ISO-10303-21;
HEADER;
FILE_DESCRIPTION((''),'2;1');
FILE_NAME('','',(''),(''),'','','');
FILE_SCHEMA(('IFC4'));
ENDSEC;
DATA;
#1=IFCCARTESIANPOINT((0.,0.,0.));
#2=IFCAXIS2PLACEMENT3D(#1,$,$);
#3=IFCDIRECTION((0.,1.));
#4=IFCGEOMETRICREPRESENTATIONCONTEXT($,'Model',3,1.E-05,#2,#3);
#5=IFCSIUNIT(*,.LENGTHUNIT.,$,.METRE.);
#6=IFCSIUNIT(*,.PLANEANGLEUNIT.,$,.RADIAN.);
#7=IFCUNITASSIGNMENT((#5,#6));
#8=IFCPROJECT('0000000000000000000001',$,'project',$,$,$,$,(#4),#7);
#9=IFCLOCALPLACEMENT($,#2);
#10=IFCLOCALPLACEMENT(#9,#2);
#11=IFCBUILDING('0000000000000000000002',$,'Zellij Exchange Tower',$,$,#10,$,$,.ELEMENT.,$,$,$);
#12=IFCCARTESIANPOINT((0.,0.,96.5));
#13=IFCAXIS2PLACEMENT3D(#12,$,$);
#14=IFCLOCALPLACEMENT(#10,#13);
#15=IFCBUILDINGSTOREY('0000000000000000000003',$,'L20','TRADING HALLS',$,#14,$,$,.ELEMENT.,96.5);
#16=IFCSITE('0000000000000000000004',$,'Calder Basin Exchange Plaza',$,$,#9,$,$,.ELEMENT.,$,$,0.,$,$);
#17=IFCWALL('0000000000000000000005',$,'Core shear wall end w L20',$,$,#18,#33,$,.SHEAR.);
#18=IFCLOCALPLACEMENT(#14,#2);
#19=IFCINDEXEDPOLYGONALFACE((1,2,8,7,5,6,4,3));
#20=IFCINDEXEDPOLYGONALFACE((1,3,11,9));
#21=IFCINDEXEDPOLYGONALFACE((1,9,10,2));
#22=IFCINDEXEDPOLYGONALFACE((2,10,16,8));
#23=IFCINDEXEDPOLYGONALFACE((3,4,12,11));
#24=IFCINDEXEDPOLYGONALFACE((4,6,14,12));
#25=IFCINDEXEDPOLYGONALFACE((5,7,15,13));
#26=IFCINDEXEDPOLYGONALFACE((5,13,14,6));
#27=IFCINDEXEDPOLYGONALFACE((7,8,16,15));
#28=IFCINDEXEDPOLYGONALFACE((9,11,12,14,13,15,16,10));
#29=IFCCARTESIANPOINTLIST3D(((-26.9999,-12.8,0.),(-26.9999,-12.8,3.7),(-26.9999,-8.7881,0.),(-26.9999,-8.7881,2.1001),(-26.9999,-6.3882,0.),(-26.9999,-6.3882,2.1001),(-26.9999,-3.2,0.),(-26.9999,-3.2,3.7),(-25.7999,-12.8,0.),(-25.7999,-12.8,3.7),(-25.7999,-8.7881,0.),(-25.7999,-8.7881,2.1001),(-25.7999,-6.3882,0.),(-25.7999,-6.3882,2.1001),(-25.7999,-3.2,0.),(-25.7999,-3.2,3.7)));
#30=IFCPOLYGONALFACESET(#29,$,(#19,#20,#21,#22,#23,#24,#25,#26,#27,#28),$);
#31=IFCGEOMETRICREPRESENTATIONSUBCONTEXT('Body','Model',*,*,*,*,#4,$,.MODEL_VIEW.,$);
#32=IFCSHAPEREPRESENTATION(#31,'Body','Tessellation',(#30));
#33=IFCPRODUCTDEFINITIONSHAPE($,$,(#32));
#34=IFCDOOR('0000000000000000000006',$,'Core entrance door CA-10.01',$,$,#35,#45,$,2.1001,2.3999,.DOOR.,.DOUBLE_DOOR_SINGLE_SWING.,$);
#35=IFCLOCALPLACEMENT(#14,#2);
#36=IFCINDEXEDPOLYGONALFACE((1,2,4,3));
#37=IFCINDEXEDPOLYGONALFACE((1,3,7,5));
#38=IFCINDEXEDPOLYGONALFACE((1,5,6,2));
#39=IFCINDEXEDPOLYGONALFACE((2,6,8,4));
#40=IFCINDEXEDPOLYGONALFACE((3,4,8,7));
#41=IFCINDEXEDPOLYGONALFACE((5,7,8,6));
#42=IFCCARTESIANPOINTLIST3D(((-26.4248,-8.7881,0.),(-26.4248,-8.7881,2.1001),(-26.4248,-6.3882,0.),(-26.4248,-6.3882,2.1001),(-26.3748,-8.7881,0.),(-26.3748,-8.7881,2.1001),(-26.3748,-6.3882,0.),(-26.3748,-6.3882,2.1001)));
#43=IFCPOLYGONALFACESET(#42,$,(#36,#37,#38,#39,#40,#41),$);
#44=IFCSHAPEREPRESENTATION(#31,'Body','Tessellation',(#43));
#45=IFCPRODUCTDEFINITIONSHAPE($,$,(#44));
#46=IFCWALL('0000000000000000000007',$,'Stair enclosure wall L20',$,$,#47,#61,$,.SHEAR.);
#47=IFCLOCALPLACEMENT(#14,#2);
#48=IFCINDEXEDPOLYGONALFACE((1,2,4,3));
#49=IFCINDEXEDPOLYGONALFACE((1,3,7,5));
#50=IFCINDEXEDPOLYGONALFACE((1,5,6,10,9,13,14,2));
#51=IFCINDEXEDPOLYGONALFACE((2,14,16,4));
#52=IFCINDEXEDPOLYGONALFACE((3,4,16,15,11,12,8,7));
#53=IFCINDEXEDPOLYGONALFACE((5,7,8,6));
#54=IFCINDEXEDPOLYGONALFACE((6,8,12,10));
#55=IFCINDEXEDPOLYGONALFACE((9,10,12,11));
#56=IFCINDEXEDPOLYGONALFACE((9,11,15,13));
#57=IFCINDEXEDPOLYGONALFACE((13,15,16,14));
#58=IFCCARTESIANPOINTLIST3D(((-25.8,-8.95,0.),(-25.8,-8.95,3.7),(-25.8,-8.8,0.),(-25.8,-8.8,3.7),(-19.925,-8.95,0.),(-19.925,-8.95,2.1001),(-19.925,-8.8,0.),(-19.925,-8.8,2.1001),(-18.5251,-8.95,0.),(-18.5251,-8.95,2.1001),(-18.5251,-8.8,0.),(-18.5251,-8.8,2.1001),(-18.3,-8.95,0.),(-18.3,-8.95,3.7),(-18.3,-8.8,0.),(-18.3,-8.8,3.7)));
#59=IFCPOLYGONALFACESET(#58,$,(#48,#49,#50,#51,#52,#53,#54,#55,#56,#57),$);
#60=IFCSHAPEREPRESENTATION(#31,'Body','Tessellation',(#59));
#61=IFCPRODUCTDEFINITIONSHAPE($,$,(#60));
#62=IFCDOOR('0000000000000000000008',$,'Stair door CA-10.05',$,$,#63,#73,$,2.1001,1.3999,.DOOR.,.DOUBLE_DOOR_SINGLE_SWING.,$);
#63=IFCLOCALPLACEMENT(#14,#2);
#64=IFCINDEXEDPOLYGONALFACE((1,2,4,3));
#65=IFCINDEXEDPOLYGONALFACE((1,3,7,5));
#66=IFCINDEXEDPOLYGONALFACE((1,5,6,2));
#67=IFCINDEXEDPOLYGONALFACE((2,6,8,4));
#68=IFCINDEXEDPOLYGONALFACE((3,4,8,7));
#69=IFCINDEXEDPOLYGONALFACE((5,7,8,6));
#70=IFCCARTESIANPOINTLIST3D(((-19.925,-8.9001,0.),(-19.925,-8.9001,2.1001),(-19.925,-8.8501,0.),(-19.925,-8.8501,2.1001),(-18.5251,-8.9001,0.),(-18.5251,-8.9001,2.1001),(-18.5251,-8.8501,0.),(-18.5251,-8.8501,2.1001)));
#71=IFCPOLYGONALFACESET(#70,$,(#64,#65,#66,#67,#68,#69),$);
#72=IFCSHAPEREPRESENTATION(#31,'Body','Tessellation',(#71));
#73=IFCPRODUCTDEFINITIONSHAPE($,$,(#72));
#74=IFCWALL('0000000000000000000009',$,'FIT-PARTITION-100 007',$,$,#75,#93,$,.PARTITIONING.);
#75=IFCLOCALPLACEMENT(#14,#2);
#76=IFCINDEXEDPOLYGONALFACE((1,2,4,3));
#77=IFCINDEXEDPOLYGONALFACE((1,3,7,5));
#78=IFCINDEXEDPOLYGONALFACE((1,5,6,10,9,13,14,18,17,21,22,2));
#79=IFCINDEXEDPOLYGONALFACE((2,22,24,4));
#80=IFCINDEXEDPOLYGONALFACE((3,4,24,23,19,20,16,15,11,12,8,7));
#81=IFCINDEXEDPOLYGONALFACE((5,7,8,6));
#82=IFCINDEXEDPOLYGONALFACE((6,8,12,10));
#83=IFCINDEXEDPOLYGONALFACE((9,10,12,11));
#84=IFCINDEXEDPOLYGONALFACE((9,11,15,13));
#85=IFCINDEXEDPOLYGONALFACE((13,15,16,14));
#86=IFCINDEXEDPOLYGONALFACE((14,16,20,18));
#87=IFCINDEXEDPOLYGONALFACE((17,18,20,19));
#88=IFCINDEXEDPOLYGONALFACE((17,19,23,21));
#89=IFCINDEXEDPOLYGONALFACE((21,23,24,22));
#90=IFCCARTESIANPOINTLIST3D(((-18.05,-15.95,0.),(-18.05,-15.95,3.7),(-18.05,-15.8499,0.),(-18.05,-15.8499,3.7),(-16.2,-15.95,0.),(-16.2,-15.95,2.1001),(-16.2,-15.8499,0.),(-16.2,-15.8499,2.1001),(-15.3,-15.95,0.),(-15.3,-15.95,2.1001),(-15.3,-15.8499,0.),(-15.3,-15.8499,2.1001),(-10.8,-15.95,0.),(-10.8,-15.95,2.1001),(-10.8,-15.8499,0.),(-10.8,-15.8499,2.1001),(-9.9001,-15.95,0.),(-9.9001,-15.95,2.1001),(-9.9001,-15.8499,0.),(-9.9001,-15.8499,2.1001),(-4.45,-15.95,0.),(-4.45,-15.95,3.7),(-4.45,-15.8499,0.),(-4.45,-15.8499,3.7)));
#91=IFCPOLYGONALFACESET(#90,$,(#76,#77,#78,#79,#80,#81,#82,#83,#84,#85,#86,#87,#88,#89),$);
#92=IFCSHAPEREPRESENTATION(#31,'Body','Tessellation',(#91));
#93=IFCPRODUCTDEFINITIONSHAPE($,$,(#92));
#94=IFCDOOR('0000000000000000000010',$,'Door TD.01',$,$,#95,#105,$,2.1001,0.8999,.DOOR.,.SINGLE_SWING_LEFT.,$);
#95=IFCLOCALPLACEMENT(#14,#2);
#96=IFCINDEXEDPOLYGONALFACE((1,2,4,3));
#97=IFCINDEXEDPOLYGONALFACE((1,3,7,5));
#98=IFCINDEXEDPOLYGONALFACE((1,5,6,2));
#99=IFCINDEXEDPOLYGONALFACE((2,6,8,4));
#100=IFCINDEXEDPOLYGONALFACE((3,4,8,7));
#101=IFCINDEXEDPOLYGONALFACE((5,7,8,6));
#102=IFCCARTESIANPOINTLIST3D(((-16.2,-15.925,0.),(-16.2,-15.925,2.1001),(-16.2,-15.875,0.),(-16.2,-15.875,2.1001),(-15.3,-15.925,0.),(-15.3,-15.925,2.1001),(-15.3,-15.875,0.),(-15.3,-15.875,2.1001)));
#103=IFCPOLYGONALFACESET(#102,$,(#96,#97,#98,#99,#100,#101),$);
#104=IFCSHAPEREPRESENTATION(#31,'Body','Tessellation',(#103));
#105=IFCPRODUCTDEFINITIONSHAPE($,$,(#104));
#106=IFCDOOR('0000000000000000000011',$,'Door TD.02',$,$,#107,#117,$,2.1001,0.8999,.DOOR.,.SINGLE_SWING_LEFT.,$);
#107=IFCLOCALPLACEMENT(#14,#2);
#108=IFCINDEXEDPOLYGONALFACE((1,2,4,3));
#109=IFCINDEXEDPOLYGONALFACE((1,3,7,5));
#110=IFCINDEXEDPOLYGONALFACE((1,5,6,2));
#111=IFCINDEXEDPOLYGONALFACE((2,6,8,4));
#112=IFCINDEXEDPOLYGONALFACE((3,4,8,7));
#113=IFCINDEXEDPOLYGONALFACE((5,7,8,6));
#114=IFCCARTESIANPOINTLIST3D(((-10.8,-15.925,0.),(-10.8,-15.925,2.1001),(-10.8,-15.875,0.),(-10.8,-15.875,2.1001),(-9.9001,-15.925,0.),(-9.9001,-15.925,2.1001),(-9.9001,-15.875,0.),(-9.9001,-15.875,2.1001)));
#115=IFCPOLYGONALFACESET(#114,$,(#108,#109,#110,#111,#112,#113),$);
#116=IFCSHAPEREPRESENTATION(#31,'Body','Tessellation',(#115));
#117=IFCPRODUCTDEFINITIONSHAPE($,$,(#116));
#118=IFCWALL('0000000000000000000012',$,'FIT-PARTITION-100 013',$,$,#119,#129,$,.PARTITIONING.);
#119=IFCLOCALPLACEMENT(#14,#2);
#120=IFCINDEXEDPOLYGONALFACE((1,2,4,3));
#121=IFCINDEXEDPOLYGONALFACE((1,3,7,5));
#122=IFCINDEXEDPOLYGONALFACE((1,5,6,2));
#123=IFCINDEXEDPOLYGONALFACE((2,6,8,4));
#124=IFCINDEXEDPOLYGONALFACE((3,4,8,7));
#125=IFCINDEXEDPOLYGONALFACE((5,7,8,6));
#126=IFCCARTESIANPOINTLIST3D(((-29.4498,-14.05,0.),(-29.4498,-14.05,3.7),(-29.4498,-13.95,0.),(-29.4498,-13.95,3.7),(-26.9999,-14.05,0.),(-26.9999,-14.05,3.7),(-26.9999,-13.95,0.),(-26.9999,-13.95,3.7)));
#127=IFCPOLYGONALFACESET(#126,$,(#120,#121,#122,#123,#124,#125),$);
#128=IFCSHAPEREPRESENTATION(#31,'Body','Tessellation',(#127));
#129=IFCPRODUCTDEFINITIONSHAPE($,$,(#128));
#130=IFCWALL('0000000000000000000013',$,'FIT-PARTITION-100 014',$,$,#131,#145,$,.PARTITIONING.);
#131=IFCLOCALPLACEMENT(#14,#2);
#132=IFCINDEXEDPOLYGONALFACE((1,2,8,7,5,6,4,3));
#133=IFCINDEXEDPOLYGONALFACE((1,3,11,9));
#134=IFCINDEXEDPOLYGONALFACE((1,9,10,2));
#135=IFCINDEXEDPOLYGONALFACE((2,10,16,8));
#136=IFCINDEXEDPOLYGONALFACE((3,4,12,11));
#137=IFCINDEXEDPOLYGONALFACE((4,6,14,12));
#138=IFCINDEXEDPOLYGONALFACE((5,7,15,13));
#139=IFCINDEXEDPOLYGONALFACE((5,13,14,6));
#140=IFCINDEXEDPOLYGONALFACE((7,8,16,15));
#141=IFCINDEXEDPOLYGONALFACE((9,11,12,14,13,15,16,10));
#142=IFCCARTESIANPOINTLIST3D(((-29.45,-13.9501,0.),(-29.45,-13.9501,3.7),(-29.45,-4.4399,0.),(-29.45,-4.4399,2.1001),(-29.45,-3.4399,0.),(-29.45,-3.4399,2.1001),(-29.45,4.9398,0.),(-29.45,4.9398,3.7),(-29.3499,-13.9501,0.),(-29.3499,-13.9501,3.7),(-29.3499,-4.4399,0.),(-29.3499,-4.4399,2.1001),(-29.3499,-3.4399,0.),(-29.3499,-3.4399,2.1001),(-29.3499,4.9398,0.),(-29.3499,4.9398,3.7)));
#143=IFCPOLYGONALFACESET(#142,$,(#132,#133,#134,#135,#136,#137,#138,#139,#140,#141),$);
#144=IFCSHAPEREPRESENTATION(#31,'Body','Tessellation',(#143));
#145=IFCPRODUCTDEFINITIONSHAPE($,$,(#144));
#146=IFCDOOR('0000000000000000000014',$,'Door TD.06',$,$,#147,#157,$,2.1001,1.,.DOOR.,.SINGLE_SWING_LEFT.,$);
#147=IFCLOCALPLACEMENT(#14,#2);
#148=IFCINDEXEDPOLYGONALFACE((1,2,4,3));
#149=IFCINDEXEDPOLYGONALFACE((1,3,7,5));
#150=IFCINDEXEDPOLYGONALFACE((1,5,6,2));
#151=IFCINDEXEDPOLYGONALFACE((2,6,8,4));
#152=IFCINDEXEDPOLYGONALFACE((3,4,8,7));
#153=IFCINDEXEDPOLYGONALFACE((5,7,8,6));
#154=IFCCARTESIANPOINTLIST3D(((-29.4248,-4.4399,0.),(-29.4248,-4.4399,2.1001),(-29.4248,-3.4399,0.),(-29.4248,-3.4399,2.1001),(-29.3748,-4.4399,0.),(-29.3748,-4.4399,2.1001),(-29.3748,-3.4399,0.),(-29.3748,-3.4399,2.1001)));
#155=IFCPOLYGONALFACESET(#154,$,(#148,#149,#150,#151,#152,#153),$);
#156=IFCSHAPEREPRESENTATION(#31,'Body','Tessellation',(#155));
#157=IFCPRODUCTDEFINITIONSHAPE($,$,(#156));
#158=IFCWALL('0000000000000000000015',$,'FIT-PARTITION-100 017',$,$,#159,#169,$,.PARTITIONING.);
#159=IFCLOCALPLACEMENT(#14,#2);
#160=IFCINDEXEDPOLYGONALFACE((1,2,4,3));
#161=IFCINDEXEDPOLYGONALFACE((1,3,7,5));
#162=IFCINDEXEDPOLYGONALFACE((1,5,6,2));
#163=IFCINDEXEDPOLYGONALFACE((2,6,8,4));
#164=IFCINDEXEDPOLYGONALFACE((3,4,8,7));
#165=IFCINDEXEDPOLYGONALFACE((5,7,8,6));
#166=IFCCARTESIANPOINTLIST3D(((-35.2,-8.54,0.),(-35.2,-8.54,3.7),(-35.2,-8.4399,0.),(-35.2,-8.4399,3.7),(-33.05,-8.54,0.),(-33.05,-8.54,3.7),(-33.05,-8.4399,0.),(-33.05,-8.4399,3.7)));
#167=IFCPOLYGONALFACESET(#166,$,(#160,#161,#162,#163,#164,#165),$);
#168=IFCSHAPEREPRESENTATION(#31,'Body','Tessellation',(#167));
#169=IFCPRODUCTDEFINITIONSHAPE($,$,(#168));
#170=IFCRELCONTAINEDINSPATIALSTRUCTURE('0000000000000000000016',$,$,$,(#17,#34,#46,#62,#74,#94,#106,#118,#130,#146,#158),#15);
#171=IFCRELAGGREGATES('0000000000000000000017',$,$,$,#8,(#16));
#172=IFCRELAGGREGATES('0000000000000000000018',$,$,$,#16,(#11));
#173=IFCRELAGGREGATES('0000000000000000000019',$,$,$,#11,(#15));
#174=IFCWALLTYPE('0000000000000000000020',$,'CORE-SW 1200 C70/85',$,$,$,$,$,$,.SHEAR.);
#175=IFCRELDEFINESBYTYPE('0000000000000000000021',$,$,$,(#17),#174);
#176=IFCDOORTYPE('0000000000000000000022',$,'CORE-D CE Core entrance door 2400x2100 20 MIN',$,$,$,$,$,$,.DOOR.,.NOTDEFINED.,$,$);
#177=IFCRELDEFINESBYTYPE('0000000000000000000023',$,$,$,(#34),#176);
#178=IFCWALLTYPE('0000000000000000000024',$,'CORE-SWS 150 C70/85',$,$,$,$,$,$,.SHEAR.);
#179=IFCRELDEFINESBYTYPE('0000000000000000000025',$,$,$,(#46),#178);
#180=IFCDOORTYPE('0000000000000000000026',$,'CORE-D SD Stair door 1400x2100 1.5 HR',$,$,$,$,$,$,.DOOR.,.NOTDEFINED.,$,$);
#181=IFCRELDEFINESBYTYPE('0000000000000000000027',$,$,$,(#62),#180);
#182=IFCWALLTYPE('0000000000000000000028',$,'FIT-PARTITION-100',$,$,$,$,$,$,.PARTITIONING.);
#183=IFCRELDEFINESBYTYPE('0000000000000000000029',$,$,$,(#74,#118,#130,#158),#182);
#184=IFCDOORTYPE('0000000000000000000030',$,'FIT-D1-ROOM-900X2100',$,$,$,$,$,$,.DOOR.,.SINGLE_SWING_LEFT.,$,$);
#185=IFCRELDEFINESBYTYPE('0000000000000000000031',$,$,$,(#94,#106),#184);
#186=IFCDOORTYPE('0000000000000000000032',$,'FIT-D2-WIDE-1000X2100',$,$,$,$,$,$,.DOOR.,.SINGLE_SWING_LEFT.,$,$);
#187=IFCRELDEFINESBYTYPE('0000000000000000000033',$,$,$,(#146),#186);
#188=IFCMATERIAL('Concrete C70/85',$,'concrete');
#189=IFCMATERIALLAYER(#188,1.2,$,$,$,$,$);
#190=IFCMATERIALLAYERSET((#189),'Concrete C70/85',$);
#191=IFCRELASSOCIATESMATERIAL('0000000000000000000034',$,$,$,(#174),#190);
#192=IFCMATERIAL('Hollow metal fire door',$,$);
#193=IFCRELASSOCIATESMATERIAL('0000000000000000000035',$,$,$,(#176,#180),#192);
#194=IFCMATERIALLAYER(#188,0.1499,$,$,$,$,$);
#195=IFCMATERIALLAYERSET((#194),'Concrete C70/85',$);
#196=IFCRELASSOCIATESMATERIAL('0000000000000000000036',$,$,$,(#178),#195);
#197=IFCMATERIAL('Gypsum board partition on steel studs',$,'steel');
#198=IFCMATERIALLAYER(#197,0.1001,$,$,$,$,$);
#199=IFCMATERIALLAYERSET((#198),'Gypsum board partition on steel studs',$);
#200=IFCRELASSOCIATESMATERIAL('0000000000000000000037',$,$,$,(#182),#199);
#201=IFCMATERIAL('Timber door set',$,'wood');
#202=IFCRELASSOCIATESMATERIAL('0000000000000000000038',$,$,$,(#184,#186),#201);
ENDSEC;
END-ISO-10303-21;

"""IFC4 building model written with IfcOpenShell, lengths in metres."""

from ifc_helpers import new_model, si_unit, direction, frame, frame_2d, origin, place, context, subcontext, project, spatial, rectangle, extrude, material, layer, layer_set, type_object, element, fill, save


model = new_model("IFC4")

# Units and contexts
model_context = context("Model", 3, precision=1e-05, world=origin(), true_north=direction((0.0, 1.0)))
body_context = subcontext(model_context, "Body", "Model", "MODEL_VIEW")
ifc_project = project(units=[si_unit("LENGTHUNIT", "METRE"), si_unit("PLANEANGLEUNIT", "RADIAN")], contexts=[model_context])

# Site, building, storey
site_placement = place(None, origin())
site = spatial("IfcSite", under=ifc_project, at=site_placement, Name="Calder Basin Exchange Plaza", CompositionType="ELEMENT", RefElevation=0.0)
building_placement = place(site_placement, origin())
building = spatial("IfcBuilding", under=site, at=building_placement, Name="Zellij Exchange Tower", CompositionType="ELEMENT")
storey_placement = place(building_placement, frame((0.0, 0.0, 96.5)))
storey = spatial("IfcBuildingStorey", under=building, at=storey_placement, Name="L20", Description="TRADING HALLS", CompositionType="ELEMENT", Elevation=96.5)

# Shared definitions
ifc_material_1 = material(Name="Concrete C70/85", Category="concrete")

# Shared definitions
ifc_layer_1 = layer(ifc_material_1, 1.2)
ifc_layer_set_1 = layer_set([ifc_layer_1], Name="Concrete C70/85")
wall_type_1 = type_object("IfcWallType", Name="CORE-SW 1200 C70/85", PredefinedType="SHEAR", material=ifc_layer_set_1)
ifc_material_2 = material(Name="Hollow metal fire door")

# Walls, openings, doors
wall_1_placement = place(storey_placement, frame((-26.3999, -12.8, 0.0), z_axis=(0.0, 0.0, 1.0), x_axis=(0.0, 1.0, 0.0)))
wall_1 = element("IfcWall", 1, at=wall_1_placement, inside=storey, type_object=wall_type_1, Name="Core shear wall end w L20", PredefinedType="SHEAR", context=body_context, shape_type="SweptSolid", body=[
    extrude(rectangle(XDim=9.6001, YDim=1.2, at=frame_2d((4.8, 0.0))), origin(), (0.0, 0.0, 1.0), 3.7),
])
opening_1_placement = place(wall_1_placement, frame((4.012, 0.0, 0.0)))
opening_1 = element("IfcOpeningElement", 2, at=opening_1_placement, cuts=wall_1, PredefinedType="OPENING", context=body_context, shape_type="SweptSolid", body=[
    extrude(rectangle(XDim=2.3999, YDim=2.1001, at=frame_2d((1.2, 1.05))), frame((0.0, 0.6118, 0.0), z_axis=(0.0, -1.0, 0.0), x_axis=(1.0, 0.0, 0.0)), (0.0, 0.0, 1.0), 1.2239),
])
door_type_1 = type_object("IfcDoorType", Name="CORE-D CE Core entrance door 2400x2100 20 MIN", OperationType="NOTDEFINED", PredefinedType="DOOR", material=ifc_material_2)
door_1_placement = place(opening_1_placement, origin())
door_1 = element("IfcDoor", 3, at=door_1_placement, inside=storey, type_object=door_type_1, Name="Core entrance door CA-10.01", OperationType="DOUBLE_DOOR_SINGLE_SWING", OverallHeight=2.1001, OverallWidth=2.3999, PredefinedType="DOOR", context=body_context, shape_type="SweptSolid", body=[
    extrude(rectangle(XDim=2.3999, YDim=2.1001, at=frame_2d((1.2, 1.05))), frame((0.0, 0.0249, 0.0), z_axis=(0.0, -1.0, 0.0), x_axis=(1.0, 0.0, 0.0)), (0.0, 0.0, 1.0), 0.05),
])
fill(opening_1, door_1)
ifc_layer_2 = layer(ifc_material_1, 0.1499)
ifc_layer_set_2 = layer_set([ifc_layer_2], Name="Concrete C70/85")
wall_type_2 = type_object("IfcWallType", Name="CORE-SWS 150 C70/85", PredefinedType="SHEAR", material=ifc_layer_set_2)
wall_2_placement = place(storey_placement, frame((-25.8, -8.875, 0.0), z_axis=(0.0, 0.0, 1.0), x_axis=(1.0, 0.0, 0.0)))
wall_2 = element("IfcWall", 4, at=wall_2_placement, inside=storey, type_object=wall_type_2, Name="Stair enclosure wall L20", PredefinedType="SHEAR", context=body_context, shape_type="SweptSolid", body=[
    extrude(rectangle(XDim=7.5, YDim=0.1499, at=frame_2d((3.75, 0.0))), origin(), (0.0, 0.0, 1.0), 3.7),
])
opening_2_placement = place(wall_2_placement, frame((5.875, 0.0, 0.0)))
opening_2 = element("IfcOpeningElement", 5, at=opening_2_placement, cuts=wall_2, PredefinedType="OPENING", context=body_context, shape_type="SweptSolid", body=[
    extrude(rectangle(XDim=1.3999, YDim=2.1001, at=frame_2d((0.7, 1.05))), frame((0.0, 0.0869, 0.0), z_axis=(0.0, -1.0, 0.0), x_axis=(1.0, 0.0, 0.0)), (0.0, 0.0, 1.0), 0.1738),
])
door_type_2 = type_object("IfcDoorType", Name="CORE-D SD Stair door 1400x2100 1.5 HR", OperationType="NOTDEFINED", PredefinedType="DOOR", material=ifc_material_2)
door_2_placement = place(opening_2_placement, origin())
door_2 = element("IfcDoor", 6, at=door_2_placement, inside=storey, type_object=door_type_2, Name="Stair door CA-10.05", OperationType="DOUBLE_DOOR_SINGLE_SWING", OverallHeight=2.1001, OverallWidth=1.3999, PredefinedType="DOOR", context=body_context, shape_type="SweptSolid", body=[
    extrude(rectangle(XDim=1.3999, YDim=2.1001, at=frame_2d((0.7, 1.05))), frame((0.0, 0.0249, 0.0), z_axis=(0.0, -1.0, 0.0), x_axis=(1.0, 0.0, 0.0)), (0.0, 0.0, 1.0), 0.05),
])
fill(opening_2, door_2)

# Wall, openings, doors
ifc_material_3 = material(Name="Gypsum board partition on steel studs", Category="steel")
ifc_layer_3 = layer(ifc_material_3, 0.1001)
ifc_layer_set_3 = layer_set([ifc_layer_3], Name="Gypsum board partition on steel studs")
wall_type_3 = type_object("IfcWallType", Name="FIT-PARTITION-100", PredefinedType="PARTITIONING", material=ifc_layer_set_3)
wall_3_placement = place(storey_placement, frame((-18.05, -15.8999, 0.0), z_axis=(0.0, 0.0, 1.0), x_axis=(1.0, 0.0, 0.0)))
wall_3 = element("IfcWall", 7, at=wall_3_placement, inside=storey, type_object=wall_type_3, Name="FIT-PARTITION-100 007", PredefinedType="PARTITIONING", context=body_context, shape_type="SweptSolid", body=[
    extrude(rectangle(XDim=13.6001, YDim=0.1001, at=frame_2d((6.8, 0.0))), origin(), (0.0, 0.0, 1.0), 3.7),
])
opening_3_placement = place(wall_3_placement, frame((1.8501, 0.0, 0.0)))
opening_3 = element("IfcOpeningElement", 8, at=opening_3_placement, cuts=wall_3, PredefinedType="OPENING", context=body_context, shape_type="SweptSolid", body=[
    extrude(rectangle(XDim=0.8999, YDim=2.1001, at=frame_2d((0.45, 1.05))), frame((0.0, 0.062, 0.0), z_axis=(0.0, -1.0, 0.0), x_axis=(1.0, 0.0, 0.0)), (0.0, 0.0, 1.0), 0.124),
])
opening_4_placement = place(wall_3_placement, frame((7.25, 0.0, 0.0)))
opening_4 = element("IfcOpeningElement", 9, at=opening_4_placement, cuts=wall_3, PredefinedType="OPENING", context=body_context, shape_type="SweptSolid", body=[
    extrude(rectangle(XDim=0.8999, YDim=2.1001, at=frame_2d((0.45, 1.05))), frame((0.0, 0.062, 0.0), z_axis=(0.0, -1.0, 0.0), x_axis=(1.0, 0.0, 0.0)), (0.0, 0.0, 1.0), 0.124),
])
ifc_material_4 = material(Name="Timber door set", Category="wood")
door_type_3 = type_object("IfcDoorType", Name="FIT-D1-ROOM-900X2100", OperationType="SINGLE_SWING_LEFT", PredefinedType="DOOR", material=ifc_material_4)
door_3_placement = place(opening_3_placement, origin())
door_3 = element("IfcDoor", 10, at=door_3_placement, inside=storey, type_object=door_type_3, Name="Door TD.01", OperationType="SINGLE_SWING_LEFT", OverallHeight=2.1001, OverallWidth=0.8999, PredefinedType="DOOR", context=body_context, shape_type="SweptSolid", body=[
    extrude(rectangle(XDim=0.8999, YDim=2.1001, at=frame_2d((0.45, 1.05))), frame((0.0, 0.0249, 0.0), z_axis=(0.0, -1.0, 0.0), x_axis=(1.0, 0.0, 0.0)), (0.0, 0.0, 1.0), 0.05),
])
fill(opening_3, door_3)
door_4_placement = place(opening_4_placement, origin())
door_4 = element("IfcDoor", 11, at=door_4_placement, inside=storey, type_object=door_type_3, Name="Door TD.02", OperationType="SINGLE_SWING_LEFT", OverallHeight=2.1001, OverallWidth=0.8999, PredefinedType="DOOR", context=body_context, shape_type="SweptSolid", body=[
    extrude(rectangle(XDim=0.8999, YDim=2.1001, at=frame_2d((0.45, 1.05))), frame((0.0, 0.0249, 0.0), z_axis=(0.0, -1.0, 0.0), x_axis=(1.0, 0.0, 0.0)), (0.0, 0.0, 1.0), 0.05),
])
fill(opening_4, door_4)

# Wall
wall_4_placement = place(storey_placement, frame((-29.45, -14.0, 0.0), z_axis=(0.0, 0.0, 1.0), x_axis=(1.0, 0.0, 0.0)))
element("IfcWall", 12, at=wall_4_placement, inside=storey, type_object=wall_type_3, Name="FIT-PARTITION-100 013", PredefinedType="PARTITIONING", context=body_context, shape_type="SweptSolid", body=[
    extrude(rectangle(XDim=2.45, YDim=0.1001, at=frame_2d((1.2251, 0.0))), origin(), (0.0, 0.0, 1.0), 3.7),
])

# Wall, opening, door
wall_5_placement = place(storey_placement, frame((-29.3999, -13.95, 0.0), z_axis=(0.0, 0.0, 1.0), x_axis=(0.0, 1.0, 0.0)))
wall_5 = element("IfcWall", 13, at=wall_5_placement, inside=storey, type_object=wall_type_3, Name="FIT-PARTITION-100 014", PredefinedType="PARTITIONING", context=body_context, shape_type="SweptSolid", body=[
    extrude(rectangle(XDim=18.8899, YDim=0.1001, at=frame_2d((9.4448, 0.0))), origin(), (0.0, 0.0, 1.0), 3.7),
])
opening_5_placement = place(wall_5_placement, frame((9.51, 0.0, 0.0)))
opening_5 = element("IfcOpeningElement", 14, at=opening_5_placement, cuts=wall_5, PredefinedType="OPENING", context=body_context, shape_type="SweptSolid", body=[
    extrude(rectangle(XDim=1.0, YDim=2.1001, at=frame_2d((0.5, 1.05))), frame((0.0, 0.062, 0.0), z_axis=(0.0, -1.0, 0.0), x_axis=(1.0, 0.0, 0.0)), (0.0, 0.0, 1.0), 0.124),
])
door_type_4 = type_object("IfcDoorType", Name="FIT-D2-WIDE-1000X2100", OperationType="SINGLE_SWING_LEFT", PredefinedType="DOOR", material=ifc_material_4)
door_5_placement = place(opening_5_placement, origin())
door_5 = element("IfcDoor", 15, at=door_5_placement, inside=storey, type_object=door_type_4, Name="Door TD.06", OperationType="SINGLE_SWING_LEFT", OverallHeight=2.1001, OverallWidth=1.0, PredefinedType="DOOR", context=body_context, shape_type="SweptSolid", body=[
    extrude(rectangle(XDim=1.0, YDim=2.1001, at=frame_2d((0.5, 1.05))), frame((0.0, 0.0249, 0.0), z_axis=(0.0, -1.0, 0.0), x_axis=(1.0, 0.0, 0.0)), (0.0, 0.0, 1.0), 0.05),
])
fill(opening_5, door_5)

# Wall
wall_6_placement = place(storey_placement, frame((-35.2, -8.49, 0.0), z_axis=(0.0, 0.0, 1.0), x_axis=(1.0, 0.0, 0.0)))
element("IfcWall", 16, at=wall_6_placement, inside=storey, type_object=wall_type_3, Name="FIT-PARTITION-100 017", PredefinedType="PARTITIONING", context=body_context, shape_type="SweptSolid", body=[
    extrude(rectangle(XDim=2.1499, YDim=0.1001, at=frame_2d((1.075, 0.0))), origin(), (0.0, 0.0, 1.0), 3.7),
])

save(model, "model.ifc")
